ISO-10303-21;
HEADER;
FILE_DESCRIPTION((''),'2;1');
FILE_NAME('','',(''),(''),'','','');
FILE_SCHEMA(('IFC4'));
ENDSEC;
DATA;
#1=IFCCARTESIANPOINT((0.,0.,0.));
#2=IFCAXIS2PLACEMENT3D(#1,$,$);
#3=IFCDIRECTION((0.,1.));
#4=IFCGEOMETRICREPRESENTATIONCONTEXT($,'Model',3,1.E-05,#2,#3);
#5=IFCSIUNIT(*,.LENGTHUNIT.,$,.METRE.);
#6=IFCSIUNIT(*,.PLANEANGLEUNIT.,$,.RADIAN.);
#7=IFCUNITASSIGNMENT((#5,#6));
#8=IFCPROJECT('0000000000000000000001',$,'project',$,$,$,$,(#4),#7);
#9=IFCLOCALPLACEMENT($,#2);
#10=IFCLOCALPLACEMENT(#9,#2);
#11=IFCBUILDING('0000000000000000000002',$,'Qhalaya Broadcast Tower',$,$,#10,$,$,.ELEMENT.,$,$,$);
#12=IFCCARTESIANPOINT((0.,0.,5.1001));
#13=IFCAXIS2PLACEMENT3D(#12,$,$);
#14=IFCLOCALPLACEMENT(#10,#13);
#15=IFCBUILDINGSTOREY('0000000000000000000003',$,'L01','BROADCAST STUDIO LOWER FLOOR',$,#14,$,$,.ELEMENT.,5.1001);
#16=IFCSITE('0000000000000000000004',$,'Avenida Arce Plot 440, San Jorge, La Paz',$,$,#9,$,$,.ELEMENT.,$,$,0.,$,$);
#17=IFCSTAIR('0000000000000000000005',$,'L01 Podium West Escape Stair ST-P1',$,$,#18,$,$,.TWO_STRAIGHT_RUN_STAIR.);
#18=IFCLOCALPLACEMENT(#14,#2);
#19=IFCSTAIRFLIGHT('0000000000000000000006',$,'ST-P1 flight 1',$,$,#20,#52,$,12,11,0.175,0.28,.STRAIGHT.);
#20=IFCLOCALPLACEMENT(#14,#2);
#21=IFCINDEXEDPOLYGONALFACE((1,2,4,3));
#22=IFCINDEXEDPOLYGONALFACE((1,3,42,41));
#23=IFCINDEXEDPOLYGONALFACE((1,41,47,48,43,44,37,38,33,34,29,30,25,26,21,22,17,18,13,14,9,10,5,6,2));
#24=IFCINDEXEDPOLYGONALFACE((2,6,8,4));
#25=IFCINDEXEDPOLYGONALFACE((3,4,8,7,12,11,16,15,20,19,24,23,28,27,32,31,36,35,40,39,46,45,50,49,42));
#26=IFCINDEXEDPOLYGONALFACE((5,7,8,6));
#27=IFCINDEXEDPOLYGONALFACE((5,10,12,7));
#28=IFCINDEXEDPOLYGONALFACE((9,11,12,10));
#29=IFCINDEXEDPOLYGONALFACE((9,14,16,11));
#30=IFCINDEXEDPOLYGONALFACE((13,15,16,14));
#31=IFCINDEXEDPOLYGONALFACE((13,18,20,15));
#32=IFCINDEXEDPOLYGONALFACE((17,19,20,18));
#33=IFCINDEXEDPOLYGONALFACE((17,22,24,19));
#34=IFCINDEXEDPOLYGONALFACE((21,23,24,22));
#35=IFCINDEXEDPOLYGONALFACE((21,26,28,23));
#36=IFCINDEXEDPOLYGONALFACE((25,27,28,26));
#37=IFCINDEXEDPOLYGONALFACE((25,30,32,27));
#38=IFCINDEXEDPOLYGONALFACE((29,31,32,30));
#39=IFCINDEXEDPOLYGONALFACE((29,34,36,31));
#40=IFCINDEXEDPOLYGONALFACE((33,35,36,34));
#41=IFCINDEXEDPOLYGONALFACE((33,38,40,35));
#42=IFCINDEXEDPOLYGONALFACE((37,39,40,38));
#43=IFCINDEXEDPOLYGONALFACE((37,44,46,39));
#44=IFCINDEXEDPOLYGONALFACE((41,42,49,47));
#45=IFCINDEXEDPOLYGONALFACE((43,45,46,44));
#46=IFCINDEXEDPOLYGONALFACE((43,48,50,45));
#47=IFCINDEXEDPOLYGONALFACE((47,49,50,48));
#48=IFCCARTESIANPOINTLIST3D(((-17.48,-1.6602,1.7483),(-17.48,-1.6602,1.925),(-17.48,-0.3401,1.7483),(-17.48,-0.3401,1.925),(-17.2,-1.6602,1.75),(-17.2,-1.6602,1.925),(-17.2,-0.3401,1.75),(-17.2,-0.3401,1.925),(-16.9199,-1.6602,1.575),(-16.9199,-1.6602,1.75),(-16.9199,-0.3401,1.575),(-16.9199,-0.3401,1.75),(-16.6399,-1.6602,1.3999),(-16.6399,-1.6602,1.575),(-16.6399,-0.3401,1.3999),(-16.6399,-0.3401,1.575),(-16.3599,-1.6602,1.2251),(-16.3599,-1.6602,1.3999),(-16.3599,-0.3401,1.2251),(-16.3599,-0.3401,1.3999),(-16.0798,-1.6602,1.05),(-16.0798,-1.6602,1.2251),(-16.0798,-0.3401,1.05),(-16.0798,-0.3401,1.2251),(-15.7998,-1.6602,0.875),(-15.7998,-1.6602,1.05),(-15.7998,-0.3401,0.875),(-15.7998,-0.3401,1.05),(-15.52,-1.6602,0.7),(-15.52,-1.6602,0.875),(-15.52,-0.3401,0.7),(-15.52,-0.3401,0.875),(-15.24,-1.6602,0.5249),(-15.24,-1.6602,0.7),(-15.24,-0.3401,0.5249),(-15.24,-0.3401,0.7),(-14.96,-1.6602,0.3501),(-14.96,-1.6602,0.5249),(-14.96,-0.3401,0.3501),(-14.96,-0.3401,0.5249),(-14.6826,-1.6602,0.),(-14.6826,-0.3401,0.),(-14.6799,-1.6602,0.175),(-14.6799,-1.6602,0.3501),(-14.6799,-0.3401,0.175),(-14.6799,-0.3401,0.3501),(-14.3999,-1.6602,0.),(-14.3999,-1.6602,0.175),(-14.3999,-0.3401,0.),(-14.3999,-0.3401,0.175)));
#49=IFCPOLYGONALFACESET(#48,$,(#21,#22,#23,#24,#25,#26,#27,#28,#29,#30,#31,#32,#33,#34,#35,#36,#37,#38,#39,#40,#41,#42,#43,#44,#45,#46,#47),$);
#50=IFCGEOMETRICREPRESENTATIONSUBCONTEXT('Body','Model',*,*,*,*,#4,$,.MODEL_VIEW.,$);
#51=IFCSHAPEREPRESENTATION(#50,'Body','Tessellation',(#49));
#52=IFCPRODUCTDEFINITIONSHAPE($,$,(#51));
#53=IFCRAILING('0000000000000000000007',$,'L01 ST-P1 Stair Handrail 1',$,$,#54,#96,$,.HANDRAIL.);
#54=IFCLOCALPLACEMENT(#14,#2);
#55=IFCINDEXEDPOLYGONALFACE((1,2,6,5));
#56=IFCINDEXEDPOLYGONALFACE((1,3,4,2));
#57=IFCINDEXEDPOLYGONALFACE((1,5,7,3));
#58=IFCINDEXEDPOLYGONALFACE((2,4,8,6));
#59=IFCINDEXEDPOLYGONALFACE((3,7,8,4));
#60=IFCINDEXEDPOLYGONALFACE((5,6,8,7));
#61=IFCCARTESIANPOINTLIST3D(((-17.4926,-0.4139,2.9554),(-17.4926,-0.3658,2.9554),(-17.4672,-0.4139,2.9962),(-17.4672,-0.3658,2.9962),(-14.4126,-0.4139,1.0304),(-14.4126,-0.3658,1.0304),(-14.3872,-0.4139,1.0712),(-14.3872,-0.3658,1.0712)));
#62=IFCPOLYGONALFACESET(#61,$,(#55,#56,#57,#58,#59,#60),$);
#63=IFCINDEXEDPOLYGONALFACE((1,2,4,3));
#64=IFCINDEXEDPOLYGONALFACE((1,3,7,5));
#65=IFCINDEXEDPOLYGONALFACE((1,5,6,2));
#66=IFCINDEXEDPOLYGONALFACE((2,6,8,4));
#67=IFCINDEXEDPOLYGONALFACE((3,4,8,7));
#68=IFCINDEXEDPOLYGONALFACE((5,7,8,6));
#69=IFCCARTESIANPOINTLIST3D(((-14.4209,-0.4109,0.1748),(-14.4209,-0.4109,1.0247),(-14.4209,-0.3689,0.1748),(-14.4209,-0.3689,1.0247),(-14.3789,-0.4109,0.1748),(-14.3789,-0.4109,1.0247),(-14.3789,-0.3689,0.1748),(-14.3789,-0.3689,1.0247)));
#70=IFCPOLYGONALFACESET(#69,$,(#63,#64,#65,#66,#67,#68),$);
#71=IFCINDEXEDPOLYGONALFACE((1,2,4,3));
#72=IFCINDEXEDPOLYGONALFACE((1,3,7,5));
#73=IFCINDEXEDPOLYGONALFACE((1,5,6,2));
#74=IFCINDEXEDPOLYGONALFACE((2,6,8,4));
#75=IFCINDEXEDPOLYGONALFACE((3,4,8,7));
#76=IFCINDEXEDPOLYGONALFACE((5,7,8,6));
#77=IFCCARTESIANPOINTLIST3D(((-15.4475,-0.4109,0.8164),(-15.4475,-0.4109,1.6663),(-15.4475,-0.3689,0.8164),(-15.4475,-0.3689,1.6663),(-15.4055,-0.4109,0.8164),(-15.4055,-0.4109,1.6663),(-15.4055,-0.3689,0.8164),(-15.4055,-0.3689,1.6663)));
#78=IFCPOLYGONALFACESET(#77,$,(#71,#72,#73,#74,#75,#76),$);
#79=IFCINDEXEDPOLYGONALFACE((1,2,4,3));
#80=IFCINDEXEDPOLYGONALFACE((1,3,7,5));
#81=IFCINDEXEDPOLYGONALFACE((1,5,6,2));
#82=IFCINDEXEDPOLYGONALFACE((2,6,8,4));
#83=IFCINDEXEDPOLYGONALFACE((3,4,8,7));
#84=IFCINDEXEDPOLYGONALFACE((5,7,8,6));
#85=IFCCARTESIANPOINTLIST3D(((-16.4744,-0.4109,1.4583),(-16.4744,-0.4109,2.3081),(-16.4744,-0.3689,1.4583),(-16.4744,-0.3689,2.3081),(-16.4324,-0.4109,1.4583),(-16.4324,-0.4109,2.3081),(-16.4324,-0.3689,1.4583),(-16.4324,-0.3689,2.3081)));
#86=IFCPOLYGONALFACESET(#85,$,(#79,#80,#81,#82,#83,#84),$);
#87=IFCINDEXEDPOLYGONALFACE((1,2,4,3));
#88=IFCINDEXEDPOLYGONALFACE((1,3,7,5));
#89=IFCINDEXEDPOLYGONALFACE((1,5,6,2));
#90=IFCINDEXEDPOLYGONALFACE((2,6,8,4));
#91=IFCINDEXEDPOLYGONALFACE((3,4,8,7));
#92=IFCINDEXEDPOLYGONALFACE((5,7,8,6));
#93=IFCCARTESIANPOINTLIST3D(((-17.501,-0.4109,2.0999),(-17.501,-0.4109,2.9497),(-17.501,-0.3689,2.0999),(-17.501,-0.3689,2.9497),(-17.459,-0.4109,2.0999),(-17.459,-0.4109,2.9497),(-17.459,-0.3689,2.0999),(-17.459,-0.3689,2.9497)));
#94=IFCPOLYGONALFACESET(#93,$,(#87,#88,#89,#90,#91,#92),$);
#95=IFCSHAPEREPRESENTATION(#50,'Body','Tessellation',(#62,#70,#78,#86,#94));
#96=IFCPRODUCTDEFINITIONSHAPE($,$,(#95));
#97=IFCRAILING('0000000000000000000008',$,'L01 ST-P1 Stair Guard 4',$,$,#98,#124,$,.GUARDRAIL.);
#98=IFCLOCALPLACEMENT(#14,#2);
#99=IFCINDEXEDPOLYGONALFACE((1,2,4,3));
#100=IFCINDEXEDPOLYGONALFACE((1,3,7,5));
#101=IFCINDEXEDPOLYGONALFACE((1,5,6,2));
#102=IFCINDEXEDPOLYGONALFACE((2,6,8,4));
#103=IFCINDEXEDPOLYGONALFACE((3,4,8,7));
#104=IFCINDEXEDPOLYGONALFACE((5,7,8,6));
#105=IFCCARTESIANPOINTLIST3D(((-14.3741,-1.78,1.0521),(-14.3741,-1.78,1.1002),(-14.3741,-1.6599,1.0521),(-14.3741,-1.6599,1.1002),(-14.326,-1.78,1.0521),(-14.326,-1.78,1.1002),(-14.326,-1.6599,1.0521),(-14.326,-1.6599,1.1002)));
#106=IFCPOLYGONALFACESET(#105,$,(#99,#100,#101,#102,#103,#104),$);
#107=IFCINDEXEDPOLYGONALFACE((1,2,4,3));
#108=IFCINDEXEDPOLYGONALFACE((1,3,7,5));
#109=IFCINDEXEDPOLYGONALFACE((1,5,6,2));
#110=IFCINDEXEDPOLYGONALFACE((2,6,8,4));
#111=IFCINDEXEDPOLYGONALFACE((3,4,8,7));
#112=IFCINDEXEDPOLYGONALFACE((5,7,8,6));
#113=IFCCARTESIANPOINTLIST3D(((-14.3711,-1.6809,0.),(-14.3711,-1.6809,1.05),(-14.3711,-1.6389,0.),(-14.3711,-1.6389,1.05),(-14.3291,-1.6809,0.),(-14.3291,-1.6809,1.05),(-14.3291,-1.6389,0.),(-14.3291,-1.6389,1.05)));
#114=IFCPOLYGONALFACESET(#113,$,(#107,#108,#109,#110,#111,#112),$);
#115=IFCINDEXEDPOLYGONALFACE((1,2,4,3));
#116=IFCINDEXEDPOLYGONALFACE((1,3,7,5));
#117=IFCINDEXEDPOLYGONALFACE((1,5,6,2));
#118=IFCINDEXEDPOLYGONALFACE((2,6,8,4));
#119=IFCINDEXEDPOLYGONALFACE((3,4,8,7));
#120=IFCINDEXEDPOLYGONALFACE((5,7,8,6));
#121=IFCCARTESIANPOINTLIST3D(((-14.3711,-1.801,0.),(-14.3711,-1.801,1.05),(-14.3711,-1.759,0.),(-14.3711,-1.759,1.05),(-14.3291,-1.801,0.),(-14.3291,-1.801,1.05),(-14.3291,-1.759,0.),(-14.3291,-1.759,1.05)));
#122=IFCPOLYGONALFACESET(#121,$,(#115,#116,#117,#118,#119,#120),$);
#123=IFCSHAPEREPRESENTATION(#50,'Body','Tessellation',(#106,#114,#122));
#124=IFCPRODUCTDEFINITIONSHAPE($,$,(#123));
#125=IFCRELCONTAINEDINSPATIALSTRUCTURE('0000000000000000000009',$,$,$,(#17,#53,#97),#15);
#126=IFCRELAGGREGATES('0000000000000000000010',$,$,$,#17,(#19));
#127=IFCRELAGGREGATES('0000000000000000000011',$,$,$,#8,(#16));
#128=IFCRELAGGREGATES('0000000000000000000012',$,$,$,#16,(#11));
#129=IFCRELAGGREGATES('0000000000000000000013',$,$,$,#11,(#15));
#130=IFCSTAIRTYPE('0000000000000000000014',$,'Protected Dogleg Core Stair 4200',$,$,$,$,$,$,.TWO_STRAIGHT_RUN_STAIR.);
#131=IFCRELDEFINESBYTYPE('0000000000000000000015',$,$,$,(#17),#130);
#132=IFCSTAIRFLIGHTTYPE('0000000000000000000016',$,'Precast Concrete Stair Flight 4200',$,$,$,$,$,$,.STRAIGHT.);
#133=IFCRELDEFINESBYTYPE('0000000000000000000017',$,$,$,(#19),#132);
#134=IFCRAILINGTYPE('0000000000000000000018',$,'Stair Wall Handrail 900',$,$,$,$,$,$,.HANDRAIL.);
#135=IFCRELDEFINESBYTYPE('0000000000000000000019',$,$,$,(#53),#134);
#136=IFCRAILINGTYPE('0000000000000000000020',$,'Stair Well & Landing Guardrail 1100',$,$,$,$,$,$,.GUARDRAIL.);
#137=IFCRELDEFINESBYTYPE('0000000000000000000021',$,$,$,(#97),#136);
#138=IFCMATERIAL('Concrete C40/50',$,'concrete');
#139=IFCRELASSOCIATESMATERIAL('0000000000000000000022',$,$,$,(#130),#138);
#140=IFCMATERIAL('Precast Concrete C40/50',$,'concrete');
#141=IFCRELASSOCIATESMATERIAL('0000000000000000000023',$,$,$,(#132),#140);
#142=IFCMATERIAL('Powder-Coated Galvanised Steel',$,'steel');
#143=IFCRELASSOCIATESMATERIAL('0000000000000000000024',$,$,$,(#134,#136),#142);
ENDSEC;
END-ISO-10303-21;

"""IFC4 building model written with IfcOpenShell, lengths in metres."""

from ifc_helpers import new_model, si_unit, direction, frame, origin, origin_2d, place, context, subcontext, project, spatial, polyline, rectangle, outline, extrude, material, type_object, element, aggregate, save


model = new_model("IFC4")

# Units and contexts
model_context = context("Model", 3, precision=1e-05, world=origin(), true_north=direction((0.0, 1.0)))
body_context = subcontext(model_context, "Body", "Model", "MODEL_VIEW")
ifc_project = project(units=[si_unit("LENGTHUNIT", "METRE"), si_unit("PLANEANGLEUNIT", "RADIAN")], contexts=[model_context])

# Site, building, storey
site_placement = place(None, origin())
site = spatial("IfcSite", under=ifc_project, at=site_placement, Name="Avenida Arce Plot 440, San Jorge, La Paz", CompositionType="ELEMENT", RefElevation=0.0)
building_placement = place(site_placement, origin())
building = spatial("IfcBuilding", under=site, at=building_placement, Name="Qhalaya Broadcast Tower", CompositionType="ELEMENT")
storey_placement = place(building_placement, frame((0.0, 0.0, 5.1001)))
storey = spatial("IfcBuildingStorey", under=building, at=storey_placement, Name="L01", Description="BROADCAST STUDIO LOWER FLOOR", CompositionType="ELEMENT", Elevation=5.1001)

# Stair, stair flight
ifc_material_1 = material(Name="Concrete C40/50", Category="concrete")
stair_type = type_object("IfcStairType", Name="Protected Dogleg Core Stair 4200", PredefinedType="TWO_STRAIGHT_RUN_STAIR", material=ifc_material_1)
stair_placement = place(storey_placement, origin())
stair = element("IfcStair", 1, at=stair_placement, inside=storey, type_object=stair_type, Name="L01 Podium West Escape Stair ST-P1", PredefinedType="TWO_STRAIGHT_RUN_STAIR")
ifc_material_2 = material(Name="Precast Concrete C40/50", Category="concrete")
stair_flight_type = type_object("IfcStairFlightType", Name="Precast Concrete Stair Flight 4200", PredefinedType="STRAIGHT", material=ifc_material_2)
stair_flight_placement = place(storey_placement, frame((-14.3999, -1.0, 0.0), z_axis=(0.0, 0.0, 1.0), x_axis=(-1.0, 0.0, 0.0)))
stair_flight = element("IfcStairFlight", 2, at=stair_flight_placement, type_object=stair_flight_type, Name="ST-P1 flight 1", NumberOfRisers=12, NumberOfTreads=11, PredefinedType="STRAIGHT", RiserHeight=0.175, TreadLength=0.28, context=body_context, shape_type="SweptSolid", body=[
    extrude(outline(polyline([(0.0, 0.0), (0.0, 0.175), (0.28, 0.175), (0.28, 0.3501), (0.5601, 0.3501), (0.5601, 0.5249), (0.8401, 0.5249), (0.8401, 0.7), (1.1201, 0.7), (1.1201, 0.875), (1.3999, 0.875), (1.3999, 1.05), (1.6799, 1.05), (1.6799, 1.2251), (1.96, 1.2251), (1.96, 1.3999), (2.24, 1.3999), (2.24, 1.575), (2.52, 1.575), (2.52, 1.75), (2.8, 1.75), (2.8, 1.925), (3.0801, 1.925), (3.0801, 2.1001), (3.0801, 1.7483), (0.2827, 0.0), (0.0, 0.0)])), frame((0.0, 0.6602, 0.0), z_axis=(0.0, -1.0, 0.0), x_axis=(1.0, 0.0, 0.0)), (0.0, 0.0, 1.0), 1.3201),
])
aggregate(stair, [stair_flight])

# Railings
ifc_material_3 = material(Name="Powder-Coated Galvanised Steel", Category="steel")
railing_type_1 = type_object("IfcRailingType", Name="Stair Wall Handrail 900", PredefinedType="HANDRAIL", material=ifc_material_3)
railing_1_placement = place(storey_placement, frame((-14.3999, -0.3899, 0.1748)))
element("IfcRailing", 3, at=railing_1_placement, inside=storey, type_object=railing_type_1, Name="L01 ST-P1 Stair Handrail 1", PredefinedType="HANDRAIL", context=body_context, shape_type="SweptSolid", body=[
    extrude(rectangle(XDim=0.0481, YDim=0.0481, at=origin_2d()), frame((0.0, 0.0, 0.876), z_axis=(-0.847998, 0.0, 0.529999), x_axis=(0.0, -1.0, 0.0)), (0.0, 0.0, 1.0), 3.6321),
    extrude(rectangle(XDim=0.042, YDim=0.042, at=origin_2d()), origin(), (0.0, 0.0, 1.0), 0.8499),
    extrude(rectangle(XDim=0.042, YDim=0.042, at=origin_2d()), frame((-1.0266, 0.0, 0.6416)), (0.0, 0.0, 1.0), 0.8499),
    extrude(rectangle(XDim=0.042, YDim=0.042, at=origin_2d()), frame((-2.0535, 0.0, 1.2834)), (0.0, 0.0, 1.0), 0.8499),
    extrude(rectangle(XDim=0.042, YDim=0.042, at=origin_2d()), frame((-3.0801, 0.0, 1.925)), (0.0, 0.0, 1.0), 0.8499),
])
railing_type_2 = type_object("IfcRailingType", Name="Stair Well & Landing Guardrail 1100", PredefinedType="GUARDRAIL", material=ifc_material_3)
railing_2_placement = place(storey_placement, frame((-14.3501, -1.6599, 0.0)))
element("IfcRailing", 4, at=railing_2_placement, inside=storey, type_object=railing_type_2, Name="L01 ST-P1 Stair Guard 4", PredefinedType="GUARDRAIL", context=body_context, shape_type="SweptSolid", body=[
    extrude(rectangle(XDim=0.0481, YDim=0.0481, at=origin_2d()), frame((0.0, 0.0, 1.0762), z_axis=(0.0, -1.0, 0.0), x_axis=(1.0, 0.0, 0.0)), (0.0, 0.0, 1.0), 0.1201),
    extrude(rectangle(XDim=0.042, YDim=0.042, at=origin_2d()), origin(), (0.0, 0.0, 1.0), 1.05),
    extrude(rectangle(XDim=0.042, YDim=0.042, at=origin_2d()), frame((0.0, -0.1201, 0.0)), (0.0, 0.0, 1.0), 1.05),
])

save(model, "model.ifc")
